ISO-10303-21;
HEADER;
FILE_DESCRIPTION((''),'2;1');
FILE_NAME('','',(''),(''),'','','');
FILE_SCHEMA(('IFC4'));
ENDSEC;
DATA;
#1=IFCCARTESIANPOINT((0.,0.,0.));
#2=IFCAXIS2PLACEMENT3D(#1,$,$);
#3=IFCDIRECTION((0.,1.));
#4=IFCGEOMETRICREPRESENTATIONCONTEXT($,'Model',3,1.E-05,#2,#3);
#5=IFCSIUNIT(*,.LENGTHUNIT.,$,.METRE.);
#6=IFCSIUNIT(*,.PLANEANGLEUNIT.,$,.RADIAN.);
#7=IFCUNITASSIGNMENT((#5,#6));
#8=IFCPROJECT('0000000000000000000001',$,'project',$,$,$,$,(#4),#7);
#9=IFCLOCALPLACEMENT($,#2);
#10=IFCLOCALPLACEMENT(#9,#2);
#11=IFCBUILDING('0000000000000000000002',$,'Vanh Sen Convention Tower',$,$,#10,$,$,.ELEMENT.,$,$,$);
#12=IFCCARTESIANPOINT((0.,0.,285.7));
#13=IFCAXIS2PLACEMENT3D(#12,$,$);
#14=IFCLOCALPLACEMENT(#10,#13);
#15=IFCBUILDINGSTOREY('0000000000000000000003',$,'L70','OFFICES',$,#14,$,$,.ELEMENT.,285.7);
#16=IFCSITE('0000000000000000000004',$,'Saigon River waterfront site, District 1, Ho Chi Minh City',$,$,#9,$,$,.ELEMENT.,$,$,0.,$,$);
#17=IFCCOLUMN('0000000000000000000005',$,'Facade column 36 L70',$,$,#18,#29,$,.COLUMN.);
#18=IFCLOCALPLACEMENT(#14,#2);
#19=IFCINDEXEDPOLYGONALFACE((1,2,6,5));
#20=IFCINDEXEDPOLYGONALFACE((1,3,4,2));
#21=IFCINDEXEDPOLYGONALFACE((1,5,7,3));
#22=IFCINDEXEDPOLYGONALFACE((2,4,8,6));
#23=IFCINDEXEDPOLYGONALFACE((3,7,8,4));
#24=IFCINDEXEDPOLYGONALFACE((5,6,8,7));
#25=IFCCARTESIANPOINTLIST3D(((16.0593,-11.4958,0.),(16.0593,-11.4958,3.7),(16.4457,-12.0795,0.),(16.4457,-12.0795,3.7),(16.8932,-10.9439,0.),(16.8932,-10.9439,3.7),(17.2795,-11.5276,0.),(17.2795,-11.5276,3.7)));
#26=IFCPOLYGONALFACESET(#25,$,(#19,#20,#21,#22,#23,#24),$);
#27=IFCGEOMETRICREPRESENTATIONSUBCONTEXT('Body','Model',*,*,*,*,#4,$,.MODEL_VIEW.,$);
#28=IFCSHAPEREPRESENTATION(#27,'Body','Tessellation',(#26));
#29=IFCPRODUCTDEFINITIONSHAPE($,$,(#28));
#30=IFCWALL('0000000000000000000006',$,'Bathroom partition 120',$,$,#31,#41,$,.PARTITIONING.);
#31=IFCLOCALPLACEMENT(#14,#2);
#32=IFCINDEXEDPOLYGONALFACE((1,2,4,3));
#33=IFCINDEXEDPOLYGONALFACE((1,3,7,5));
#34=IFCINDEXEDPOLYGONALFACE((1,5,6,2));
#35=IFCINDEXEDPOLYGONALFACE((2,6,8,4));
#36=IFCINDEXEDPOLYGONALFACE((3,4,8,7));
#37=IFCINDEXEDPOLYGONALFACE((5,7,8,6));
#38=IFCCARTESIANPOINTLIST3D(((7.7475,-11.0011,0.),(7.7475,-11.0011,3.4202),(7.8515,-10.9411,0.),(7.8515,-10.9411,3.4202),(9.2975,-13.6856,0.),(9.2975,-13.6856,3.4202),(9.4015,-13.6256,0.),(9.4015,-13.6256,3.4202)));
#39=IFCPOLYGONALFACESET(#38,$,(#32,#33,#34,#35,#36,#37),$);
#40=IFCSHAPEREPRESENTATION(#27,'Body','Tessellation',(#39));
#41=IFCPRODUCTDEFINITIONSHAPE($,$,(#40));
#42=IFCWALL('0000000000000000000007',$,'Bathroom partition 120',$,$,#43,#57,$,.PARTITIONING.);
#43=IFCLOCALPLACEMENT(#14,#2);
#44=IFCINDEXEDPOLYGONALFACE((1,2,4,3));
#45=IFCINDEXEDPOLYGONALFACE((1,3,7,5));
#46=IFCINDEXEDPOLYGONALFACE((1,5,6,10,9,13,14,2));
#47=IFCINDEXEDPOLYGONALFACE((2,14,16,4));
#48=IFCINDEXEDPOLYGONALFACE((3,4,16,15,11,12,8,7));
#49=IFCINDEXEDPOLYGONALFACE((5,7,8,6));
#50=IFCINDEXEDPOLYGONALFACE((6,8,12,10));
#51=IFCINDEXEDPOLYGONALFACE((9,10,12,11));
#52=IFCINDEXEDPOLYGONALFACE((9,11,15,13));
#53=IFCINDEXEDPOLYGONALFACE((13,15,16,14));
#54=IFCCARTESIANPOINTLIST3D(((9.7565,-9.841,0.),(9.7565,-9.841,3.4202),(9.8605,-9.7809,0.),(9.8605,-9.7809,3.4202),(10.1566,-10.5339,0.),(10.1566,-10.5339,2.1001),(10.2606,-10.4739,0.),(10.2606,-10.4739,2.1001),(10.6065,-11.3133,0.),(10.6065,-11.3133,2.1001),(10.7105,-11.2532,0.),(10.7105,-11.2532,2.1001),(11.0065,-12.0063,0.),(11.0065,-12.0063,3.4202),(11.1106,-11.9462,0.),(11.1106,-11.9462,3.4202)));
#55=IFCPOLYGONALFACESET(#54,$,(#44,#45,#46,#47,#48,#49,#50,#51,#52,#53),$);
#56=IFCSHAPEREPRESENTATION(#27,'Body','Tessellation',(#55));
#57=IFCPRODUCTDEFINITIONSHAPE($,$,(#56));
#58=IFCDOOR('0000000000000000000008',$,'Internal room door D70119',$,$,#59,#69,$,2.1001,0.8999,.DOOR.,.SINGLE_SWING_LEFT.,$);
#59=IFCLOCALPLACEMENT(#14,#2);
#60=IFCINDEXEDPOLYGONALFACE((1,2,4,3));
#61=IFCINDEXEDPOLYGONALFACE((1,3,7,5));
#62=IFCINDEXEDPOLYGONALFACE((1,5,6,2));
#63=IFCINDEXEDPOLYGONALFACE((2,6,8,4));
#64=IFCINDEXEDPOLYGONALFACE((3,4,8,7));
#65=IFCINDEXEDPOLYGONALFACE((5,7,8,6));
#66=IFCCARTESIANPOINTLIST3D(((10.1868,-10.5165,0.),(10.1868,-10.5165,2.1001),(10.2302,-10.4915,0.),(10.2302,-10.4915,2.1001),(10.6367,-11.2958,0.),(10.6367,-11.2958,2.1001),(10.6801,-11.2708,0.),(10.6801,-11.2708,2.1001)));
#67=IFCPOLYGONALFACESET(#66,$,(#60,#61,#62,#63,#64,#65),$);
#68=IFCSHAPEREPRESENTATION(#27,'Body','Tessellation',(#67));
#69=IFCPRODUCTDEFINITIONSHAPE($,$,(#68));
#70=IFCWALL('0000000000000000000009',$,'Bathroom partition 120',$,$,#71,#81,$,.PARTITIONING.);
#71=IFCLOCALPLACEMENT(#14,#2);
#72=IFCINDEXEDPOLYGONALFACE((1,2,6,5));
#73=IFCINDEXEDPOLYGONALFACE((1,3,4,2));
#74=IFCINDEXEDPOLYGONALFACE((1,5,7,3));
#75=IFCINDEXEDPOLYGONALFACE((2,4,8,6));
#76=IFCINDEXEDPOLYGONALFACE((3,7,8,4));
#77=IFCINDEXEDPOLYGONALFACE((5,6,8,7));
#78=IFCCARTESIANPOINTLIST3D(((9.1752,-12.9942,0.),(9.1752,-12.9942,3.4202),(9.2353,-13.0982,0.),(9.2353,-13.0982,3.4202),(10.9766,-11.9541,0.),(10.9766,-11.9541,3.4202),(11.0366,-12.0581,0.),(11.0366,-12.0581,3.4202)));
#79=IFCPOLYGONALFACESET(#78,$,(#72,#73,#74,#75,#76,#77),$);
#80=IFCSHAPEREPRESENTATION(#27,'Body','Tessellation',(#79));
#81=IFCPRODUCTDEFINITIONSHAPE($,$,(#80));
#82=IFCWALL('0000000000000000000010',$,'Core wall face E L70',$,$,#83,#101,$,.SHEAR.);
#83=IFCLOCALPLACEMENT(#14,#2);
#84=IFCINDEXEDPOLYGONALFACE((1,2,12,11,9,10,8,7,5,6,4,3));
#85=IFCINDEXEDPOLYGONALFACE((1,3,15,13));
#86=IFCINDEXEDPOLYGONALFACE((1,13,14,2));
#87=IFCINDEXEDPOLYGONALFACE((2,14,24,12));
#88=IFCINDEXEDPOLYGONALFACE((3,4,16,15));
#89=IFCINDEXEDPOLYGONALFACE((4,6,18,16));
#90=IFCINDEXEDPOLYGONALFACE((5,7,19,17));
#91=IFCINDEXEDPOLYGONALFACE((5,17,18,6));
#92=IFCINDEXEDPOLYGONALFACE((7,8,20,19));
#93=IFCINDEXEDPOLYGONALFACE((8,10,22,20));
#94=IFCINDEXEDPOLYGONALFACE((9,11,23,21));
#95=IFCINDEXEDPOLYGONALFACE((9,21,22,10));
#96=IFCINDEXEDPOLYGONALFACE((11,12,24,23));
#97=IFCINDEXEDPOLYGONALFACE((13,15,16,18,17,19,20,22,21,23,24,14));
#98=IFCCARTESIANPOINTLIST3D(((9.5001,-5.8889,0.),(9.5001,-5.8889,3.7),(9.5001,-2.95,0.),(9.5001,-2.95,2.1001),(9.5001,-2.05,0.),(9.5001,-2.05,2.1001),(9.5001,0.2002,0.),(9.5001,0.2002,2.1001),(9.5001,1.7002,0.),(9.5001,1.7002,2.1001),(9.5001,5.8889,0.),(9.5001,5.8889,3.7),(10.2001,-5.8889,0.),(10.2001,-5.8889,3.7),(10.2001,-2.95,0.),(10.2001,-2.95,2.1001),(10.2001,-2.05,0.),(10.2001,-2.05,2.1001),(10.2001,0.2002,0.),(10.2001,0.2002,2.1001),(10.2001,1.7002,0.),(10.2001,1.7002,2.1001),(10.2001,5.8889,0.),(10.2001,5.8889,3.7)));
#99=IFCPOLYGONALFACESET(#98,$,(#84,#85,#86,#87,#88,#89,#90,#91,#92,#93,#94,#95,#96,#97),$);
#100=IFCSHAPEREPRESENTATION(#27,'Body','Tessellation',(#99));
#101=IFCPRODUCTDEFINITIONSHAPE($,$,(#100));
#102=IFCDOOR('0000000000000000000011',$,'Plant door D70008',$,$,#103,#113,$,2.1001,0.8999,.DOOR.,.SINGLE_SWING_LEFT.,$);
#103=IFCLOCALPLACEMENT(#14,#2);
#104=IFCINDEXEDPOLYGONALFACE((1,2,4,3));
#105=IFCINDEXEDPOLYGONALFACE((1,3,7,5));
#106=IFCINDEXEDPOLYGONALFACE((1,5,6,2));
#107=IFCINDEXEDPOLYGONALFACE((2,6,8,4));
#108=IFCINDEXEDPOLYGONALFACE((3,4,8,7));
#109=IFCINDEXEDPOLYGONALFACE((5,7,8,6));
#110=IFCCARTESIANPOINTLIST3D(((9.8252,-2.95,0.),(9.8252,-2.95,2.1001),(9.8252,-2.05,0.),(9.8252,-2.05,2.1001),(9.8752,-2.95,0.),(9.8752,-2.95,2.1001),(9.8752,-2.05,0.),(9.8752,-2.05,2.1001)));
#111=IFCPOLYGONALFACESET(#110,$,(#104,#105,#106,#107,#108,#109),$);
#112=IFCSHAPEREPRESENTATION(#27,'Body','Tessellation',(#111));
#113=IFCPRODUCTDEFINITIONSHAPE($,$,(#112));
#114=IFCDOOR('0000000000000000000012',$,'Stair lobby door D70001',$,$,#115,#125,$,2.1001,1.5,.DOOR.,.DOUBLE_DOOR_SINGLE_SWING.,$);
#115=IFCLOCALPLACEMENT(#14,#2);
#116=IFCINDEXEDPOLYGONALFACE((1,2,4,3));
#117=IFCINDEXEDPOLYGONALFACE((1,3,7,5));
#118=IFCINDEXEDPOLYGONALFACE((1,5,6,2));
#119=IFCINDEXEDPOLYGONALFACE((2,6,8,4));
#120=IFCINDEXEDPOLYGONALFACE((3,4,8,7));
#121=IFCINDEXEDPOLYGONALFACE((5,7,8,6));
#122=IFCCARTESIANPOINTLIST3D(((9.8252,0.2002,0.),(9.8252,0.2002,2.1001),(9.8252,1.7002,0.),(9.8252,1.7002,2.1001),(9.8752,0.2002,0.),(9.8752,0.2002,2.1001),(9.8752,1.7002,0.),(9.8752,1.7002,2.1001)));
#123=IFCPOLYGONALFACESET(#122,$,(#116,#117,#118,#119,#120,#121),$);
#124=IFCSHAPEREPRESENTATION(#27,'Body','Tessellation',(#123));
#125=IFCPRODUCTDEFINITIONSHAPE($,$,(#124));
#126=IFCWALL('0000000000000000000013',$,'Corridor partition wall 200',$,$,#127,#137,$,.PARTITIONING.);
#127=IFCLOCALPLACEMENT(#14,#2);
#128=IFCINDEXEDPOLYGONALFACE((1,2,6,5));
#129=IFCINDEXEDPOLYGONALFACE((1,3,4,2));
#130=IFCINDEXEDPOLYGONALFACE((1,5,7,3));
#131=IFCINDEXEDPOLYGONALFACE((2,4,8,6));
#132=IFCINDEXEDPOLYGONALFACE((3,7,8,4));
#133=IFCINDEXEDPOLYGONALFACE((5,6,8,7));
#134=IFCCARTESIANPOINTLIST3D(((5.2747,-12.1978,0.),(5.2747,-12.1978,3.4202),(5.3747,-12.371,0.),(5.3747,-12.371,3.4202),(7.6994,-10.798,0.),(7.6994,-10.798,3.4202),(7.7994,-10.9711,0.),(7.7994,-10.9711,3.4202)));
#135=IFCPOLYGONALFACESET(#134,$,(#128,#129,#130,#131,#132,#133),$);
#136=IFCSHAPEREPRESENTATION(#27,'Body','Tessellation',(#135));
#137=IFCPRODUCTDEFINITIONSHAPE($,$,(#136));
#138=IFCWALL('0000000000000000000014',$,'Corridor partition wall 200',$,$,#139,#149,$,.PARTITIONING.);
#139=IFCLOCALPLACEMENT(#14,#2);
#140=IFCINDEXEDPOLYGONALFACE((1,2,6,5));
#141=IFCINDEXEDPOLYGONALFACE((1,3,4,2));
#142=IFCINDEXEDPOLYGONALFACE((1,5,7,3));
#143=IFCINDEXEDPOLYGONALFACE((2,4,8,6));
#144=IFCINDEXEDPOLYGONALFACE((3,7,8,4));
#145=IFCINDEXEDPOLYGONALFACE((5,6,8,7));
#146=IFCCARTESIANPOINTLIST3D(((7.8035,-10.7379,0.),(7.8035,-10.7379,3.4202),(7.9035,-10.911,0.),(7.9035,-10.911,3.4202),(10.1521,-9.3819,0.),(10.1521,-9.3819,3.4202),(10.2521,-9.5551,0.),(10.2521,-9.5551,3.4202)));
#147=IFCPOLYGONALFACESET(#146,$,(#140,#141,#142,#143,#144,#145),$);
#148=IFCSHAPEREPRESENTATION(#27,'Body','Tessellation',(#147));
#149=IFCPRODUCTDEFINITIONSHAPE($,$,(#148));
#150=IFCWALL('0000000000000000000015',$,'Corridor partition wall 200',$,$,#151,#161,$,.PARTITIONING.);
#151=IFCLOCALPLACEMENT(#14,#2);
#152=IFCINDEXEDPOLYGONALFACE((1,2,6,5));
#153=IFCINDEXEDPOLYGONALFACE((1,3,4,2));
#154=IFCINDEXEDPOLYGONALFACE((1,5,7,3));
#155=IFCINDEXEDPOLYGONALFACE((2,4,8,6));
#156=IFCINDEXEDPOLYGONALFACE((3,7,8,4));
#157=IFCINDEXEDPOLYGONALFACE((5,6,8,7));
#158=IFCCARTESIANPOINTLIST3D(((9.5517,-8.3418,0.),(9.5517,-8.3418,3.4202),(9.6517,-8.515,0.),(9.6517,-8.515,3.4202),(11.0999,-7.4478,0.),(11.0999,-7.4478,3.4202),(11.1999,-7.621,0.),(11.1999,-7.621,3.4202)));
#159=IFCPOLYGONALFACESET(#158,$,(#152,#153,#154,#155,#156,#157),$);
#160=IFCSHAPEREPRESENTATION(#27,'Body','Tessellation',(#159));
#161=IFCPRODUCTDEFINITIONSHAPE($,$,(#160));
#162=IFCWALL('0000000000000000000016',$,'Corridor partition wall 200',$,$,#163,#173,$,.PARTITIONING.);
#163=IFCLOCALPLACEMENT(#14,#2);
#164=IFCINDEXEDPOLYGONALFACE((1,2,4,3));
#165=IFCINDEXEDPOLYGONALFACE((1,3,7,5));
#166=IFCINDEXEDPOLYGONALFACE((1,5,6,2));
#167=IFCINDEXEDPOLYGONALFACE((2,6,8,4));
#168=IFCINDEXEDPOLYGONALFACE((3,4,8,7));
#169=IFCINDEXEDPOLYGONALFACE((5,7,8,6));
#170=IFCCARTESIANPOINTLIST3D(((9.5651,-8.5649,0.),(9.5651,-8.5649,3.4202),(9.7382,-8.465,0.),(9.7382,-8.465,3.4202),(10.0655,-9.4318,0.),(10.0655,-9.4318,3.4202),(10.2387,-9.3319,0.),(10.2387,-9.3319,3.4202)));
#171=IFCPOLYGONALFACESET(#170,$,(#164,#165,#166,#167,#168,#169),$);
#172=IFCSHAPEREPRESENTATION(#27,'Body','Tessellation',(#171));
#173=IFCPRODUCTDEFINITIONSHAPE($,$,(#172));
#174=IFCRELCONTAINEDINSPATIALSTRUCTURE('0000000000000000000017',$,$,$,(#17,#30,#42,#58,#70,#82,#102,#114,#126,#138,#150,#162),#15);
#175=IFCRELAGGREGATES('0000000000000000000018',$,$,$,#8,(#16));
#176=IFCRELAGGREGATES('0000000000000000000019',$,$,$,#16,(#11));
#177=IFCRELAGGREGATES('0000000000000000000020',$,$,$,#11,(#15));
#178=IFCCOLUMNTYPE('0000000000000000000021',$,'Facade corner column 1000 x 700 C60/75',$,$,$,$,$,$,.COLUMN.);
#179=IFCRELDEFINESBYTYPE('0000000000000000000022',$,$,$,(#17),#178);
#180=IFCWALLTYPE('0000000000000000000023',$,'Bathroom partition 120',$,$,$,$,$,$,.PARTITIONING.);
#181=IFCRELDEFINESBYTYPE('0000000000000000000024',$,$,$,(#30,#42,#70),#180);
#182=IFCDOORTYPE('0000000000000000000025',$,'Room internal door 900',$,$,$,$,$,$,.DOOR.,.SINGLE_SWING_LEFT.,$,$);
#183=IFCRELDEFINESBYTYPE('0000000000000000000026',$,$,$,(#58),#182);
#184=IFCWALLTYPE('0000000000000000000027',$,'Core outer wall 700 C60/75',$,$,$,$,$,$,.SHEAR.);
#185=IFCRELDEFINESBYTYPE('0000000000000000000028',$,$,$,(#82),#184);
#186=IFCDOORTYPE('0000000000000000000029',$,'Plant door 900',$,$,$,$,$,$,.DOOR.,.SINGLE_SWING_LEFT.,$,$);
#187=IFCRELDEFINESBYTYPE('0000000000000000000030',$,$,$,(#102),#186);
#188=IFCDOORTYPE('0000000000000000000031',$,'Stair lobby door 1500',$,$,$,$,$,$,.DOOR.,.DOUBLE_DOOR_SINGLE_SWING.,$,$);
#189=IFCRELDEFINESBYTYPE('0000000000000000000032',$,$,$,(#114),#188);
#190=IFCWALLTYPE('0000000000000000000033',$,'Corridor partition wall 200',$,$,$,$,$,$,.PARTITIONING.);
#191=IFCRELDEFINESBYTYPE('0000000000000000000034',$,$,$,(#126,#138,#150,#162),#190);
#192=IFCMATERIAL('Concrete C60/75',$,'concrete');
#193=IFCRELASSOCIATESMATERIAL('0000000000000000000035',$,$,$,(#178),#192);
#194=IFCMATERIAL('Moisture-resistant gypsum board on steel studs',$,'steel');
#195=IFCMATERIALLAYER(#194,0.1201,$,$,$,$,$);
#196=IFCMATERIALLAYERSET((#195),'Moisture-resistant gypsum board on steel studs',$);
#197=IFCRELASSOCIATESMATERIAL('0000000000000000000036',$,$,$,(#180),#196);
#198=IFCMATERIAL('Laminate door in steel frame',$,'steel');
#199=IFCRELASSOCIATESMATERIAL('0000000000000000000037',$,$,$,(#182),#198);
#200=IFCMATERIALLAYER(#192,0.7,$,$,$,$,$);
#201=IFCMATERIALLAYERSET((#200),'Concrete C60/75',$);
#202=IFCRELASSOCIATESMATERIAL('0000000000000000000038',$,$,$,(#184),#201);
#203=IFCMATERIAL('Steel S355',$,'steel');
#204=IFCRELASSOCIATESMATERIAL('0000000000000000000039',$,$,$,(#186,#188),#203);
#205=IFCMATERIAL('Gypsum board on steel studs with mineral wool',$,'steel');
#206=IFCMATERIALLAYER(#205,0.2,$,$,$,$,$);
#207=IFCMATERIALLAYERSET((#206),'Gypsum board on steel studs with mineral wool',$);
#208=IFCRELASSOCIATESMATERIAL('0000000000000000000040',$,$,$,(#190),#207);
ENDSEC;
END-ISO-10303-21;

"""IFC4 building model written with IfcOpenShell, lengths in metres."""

from ifc_helpers import new_model, si_unit, direction, frame, frame_2d, origin, origin_2d, place, context, subcontext, project, spatial, rectangle, extrude, material, layer, layer_set, material_profile, profile_set, type_object, element, fill, save


model = new_model("IFC4")

# Units and contexts
model_context = context("Model", 3, precision=1e-05, world=origin(), true_north=direction((0.0, 1.0)))
body_context = subcontext(model_context, "Body", "Model", "MODEL_VIEW")
ifc_project = project(units=[si_unit("LENGTHUNIT", "METRE"), si_unit("PLANEANGLEUNIT", "RADIAN")], contexts=[model_context])

# Site, building, storey
site_placement = place(None, origin())
site = spatial("IfcSite", under=ifc_project, at=site_placement, Name="Saigon River waterfront site, District 1, Ho Chi Minh City", CompositionType="ELEMENT", RefElevation=0.0)
building_placement = place(site_placement, origin())
building = spatial("IfcBuilding", under=site, at=building_placement, Name="Vanh Sen Convention Tower", CompositionType="ELEMENT")
storey_placement = place(building_placement, frame((0.0, 0.0, 285.7)))
storey = spatial("IfcBuildingStorey", under=building, at=storey_placement, Name="L70", Description="OFFICES", CompositionType="ELEMENT", Elevation=285.7)

# Column
ifc_material_1 = material(Name="Concrete C60/75", Category="concrete")
ifc_material_profile = material_profile(ifc_material_1, rectangle(XDim=1.0, YDim=0.7, at=origin_2d()), Name="RC 1000X700")
ifc_profile_set = profile_set([ifc_material_profile], Name="Concrete C60/75")
column_type = type_object("IfcColumnType", Name="Facade corner column 1000 x 700 C60/75", PredefinedType="COLUMN", material=ifc_profile_set)
column_placement = place(storey_placement, frame((16.6694, -11.5117, 0.0), z_axis=(0.0, 0.0, 1.0), x_axis=(0.833886, 0.551937, 0.0)))
element("IfcColumn", 1, at=column_placement, inside=storey, type_object=column_type, Name="Facade column 36 L70", PredefinedType="COLUMN", context=body_context, shape_type="SweptSolid", body=[
    extrude(rectangle(XDim=1.0, YDim=0.7, at=origin_2d()), origin(), (0.0, 0.0, 1.0), 3.7),
])

# Wall
ifc_material_2 = material(Name="Moisture-resistant gypsum board on steel studs", Category="steel")
ifc_layer_1 = layer(ifc_material_2, 0.1201)
ifc_layer_set_1 = layer_set([ifc_layer_1], Name="Moisture-resistant gypsum board on steel studs")
wall_type_1 = type_object("IfcWallType", Name="Bathroom partition 120", PredefinedType="PARTITIONING", material=ifc_layer_set_1)
wall_1_placement = place(storey_placement, frame((7.7996, -10.9712, 0.0), z_axis=(0.0, 0.0, 1.0), x_axis=(0.500027, -0.86601, 0.0)))
element("IfcWall", 2, at=wall_1_placement, inside=storey, type_object=wall_type_1, Name="Bathroom partition 120", PredefinedType="PARTITIONING", context=body_context, shape_type="SweptSolid", body=[
    extrude(rectangle(XDim=3.0999, YDim=0.1201, at=frame_2d((1.5498, 0.0))), origin(), (0.0, 0.0, 1.0), 3.4202),
])

# Wall, opening, door
wall_2_placement = place(storey_placement, frame((9.8086, -9.811, 0.0), z_axis=(0.0, 0.0, 1.0), x_axis=(0.499962, -0.866047, 0.0)))
wall_2 = element("IfcWall", 3, at=wall_2_placement, inside=storey, type_object=wall_type_1, Name="Bathroom partition 120", PredefinedType="PARTITIONING", context=body_context, shape_type="SweptSolid", body=[
    extrude(rectangle(XDim=2.5002, YDim=0.1201, at=frame_2d((1.25, 0.0))), origin(), (0.0, 0.0, 1.0), 3.4202),
])
opening_1_placement = place(wall_2_placement, frame((0.8, 0.0, 0.0)))
opening_1 = element("IfcOpeningElement", 4, at=opening_1_placement, cuts=wall_2, PredefinedType="OPENING", context=body_context, shape_type="SweptSolid", body=[
    extrude(rectangle(XDim=0.8999, YDim=2.1001, at=frame_2d((0.45, 1.05))), frame((0.0, 0.0701, 0.0), z_axis=(0.0, -1.0, 0.0), x_axis=(1.0, 0.0, 0.0)), (0.0, 0.0, 1.0), 0.1401),
])
ifc_material_3 = material(Name="Laminate door in steel frame", Category="steel")
door_type_1 = type_object("IfcDoorType", Name="Room internal door 900", OperationType="SINGLE_SWING_LEFT", PredefinedType="DOOR", material=ifc_material_3)
door_1_placement = place(opening_1_placement, origin())
door_1 = element("IfcDoor", 5, at=door_1_placement, inside=storey, type_object=door_type_1, Name="Internal room door D70119", OperationType="SINGLE_SWING_LEFT", OverallHeight=2.1001, OverallWidth=0.8999, PredefinedType="DOOR", context=body_context, shape_type="SweptSolid", body=[
    extrude(rectangle(XDim=0.8999, YDim=2.1001, at=frame_2d((0.45, 1.05))), frame((0.0, 0.0249, 0.0), z_axis=(0.0, -1.0, 0.0), x_axis=(1.0, 0.0, 0.0)), (0.0, 0.0, 1.0), 0.05),
])
fill(opening_1, door_1)

# Wall
wall_3_placement = place(storey_placement, frame((11.0066, -12.0061, 0.0), z_axis=(0.0, 0.0, 1.0), x_axis=(-0.86601, -0.500027, 0.0)))
element("IfcWall", 6, at=wall_3_placement, inside=storey, type_object=wall_type_1, Name="Bathroom partition 120", PredefinedType="PARTITIONING", context=body_context, shape_type="SweptSolid", body=[
    extrude(rectangle(XDim=2.0801, YDim=0.1201, at=frame_2d((1.04, 0.0))), origin(), (0.0, 0.0, 1.0), 3.4202),
])

# Wall, openings, doors
ifc_layer_2 = layer(ifc_material_1, 0.7)
ifc_layer_set_2 = layer_set([ifc_layer_2], Name="Concrete C60/75")
wall_type_2 = type_object("IfcWallType", Name="Core outer wall 700 C60/75", PredefinedType="SHEAR", material=ifc_layer_set_2)
wall_4_placement = place(storey_placement, frame((9.8501, -5.8889, 0.0), z_axis=(0.0, 0.0, 1.0), x_axis=(0.0, 1.0, 0.0)))
wall_4 = element("IfcWall", 7, at=wall_4_placement, inside=storey, type_object=wall_type_2, Name="Core wall face E L70", PredefinedType="SHEAR", context=body_context, shape_type="SweptSolid", body=[
    extrude(rectangle(XDim=11.7778, YDim=0.7, at=frame_2d((5.8889, 0.0))), origin(), (0.0, 0.0, 1.0), 3.7),
])
opening_2_placement = place(wall_4_placement, frame((6.0891, 0.0, 0.0)))
opening_2 = element("IfcOpeningElement", 8, at=opening_2_placement, cuts=wall_4, PredefinedType="OPENING", context=body_context, shape_type="SweptSolid", body=[
    extrude(rectangle(XDim=1.5, YDim=2.1001, at=frame_2d((0.75, 1.05))), frame((0.0, 0.3599, 0.0), z_axis=(0.0, -1.0, 0.0), x_axis=(1.0, 0.0, 0.0)), (0.0, 0.0, 1.0), 0.72),
])
opening_3_placement = place(wall_4_placement, frame((2.939, 0.0, 0.0)))
opening_3 = element("IfcOpeningElement", 9, at=opening_3_placement, cuts=wall_4, PredefinedType="OPENING", context=body_context, shape_type="SweptSolid", body=[
    extrude(rectangle(XDim=0.8999, YDim=2.1001, at=frame_2d((0.45, 1.05))), frame((0.0, 0.3599, 0.0), z_axis=(0.0, -1.0, 0.0), x_axis=(1.0, 0.0, 0.0)), (0.0, 0.0, 1.0), 0.72),
])
ifc_material_4 = material(Name="Steel S355", Category="steel")
door_type_2 = type_object("IfcDoorType", Name="Plant door 900", OperationType="SINGLE_SWING_LEFT", PredefinedType="DOOR", material=ifc_material_4)
door_2_placement = place(opening_3_placement, origin())
door_2 = element("IfcDoor", 10, at=door_2_placement, inside=storey, type_object=door_type_2, Name="Plant door D70008", OperationType="SINGLE_SWING_LEFT", OverallHeight=2.1001, OverallWidth=0.8999, PredefinedType="DOOR", context=body_context, shape_type="SweptSolid", body=[
    extrude(rectangle(XDim=0.8999, YDim=2.1001, at=frame_2d((0.45, 1.05))), frame((0.0, 0.0249, 0.0), z_axis=(0.0, -1.0, 0.0), x_axis=(1.0, 0.0, 0.0)), (0.0, 0.0, 1.0), 0.05),
])
fill(opening_3, door_2)
door_type_3 = type_object("IfcDoorType", Name="Stair lobby door 1500", OperationType="DOUBLE_DOOR_SINGLE_SWING", PredefinedType="DOOR", material=ifc_material_4)
door_3_placement = place(opening_2_placement, origin())
door_3 = element("IfcDoor", 11, at=door_3_placement, inside=storey, type_object=door_type_3, Name="Stair lobby door D70001", OperationType="DOUBLE_DOOR_SINGLE_SWING", OverallHeight=2.1001, OverallWidth=1.5, PredefinedType="DOOR", context=body_context, shape_type="SweptSolid", body=[
    extrude(rectangle(XDim=1.5, YDim=2.1001, at=frame_2d((0.75, 1.05))), frame((0.0, 0.0249, 0.0), z_axis=(0.0, -1.0, 0.0), x_axis=(1.0, 0.0, 0.0)), (0.0, 0.0, 1.0), 0.05),
])
fill(opening_2, door_3)

# Walls
ifc_material_5 = material(Name="Gypsum board on steel studs with mineral wool", Category="steel")
ifc_layer_3 = layer(ifc_material_5, 0.2)
ifc_layer_set_3 = layer_set([ifc_layer_3], Name="Gypsum board on steel studs with mineral wool")
wall_type_3 = type_object("IfcWallType", Name="Corridor partition wall 200", PredefinedType="PARTITIONING", material=ifc_layer_set_3)
wall_5_placement = place(storey_placement, frame((5.3247, -12.2844, 0.0), z_axis=(0.0, 0.0, 1.0), x_axis=(0.866035, 0.499984, 0.0)))
element("IfcWall", 12, at=wall_5_placement, inside=storey, type_object=wall_type_3, Name="Corridor partition wall 200", PredefinedType="PARTITIONING", context=body_context, shape_type="SweptSolid", body=[
    extrude(rectangle(XDim=2.7998, YDim=0.2, at=frame_2d((1.3999, 0.0))), origin(), (0.0, 0.0, 1.0), 3.4202),
])
wall_6_placement = place(storey_placement, frame((7.8535, -10.8245, 0.0), z_axis=(0.0, 0.0, 1.0), x_axis=(0.86603, 0.499993, 0.0)))
element("IfcWall", 13, at=wall_6_placement, inside=storey, type_object=wall_type_3, Name="Corridor partition wall 200", PredefinedType="PARTITIONING", context=body_context, shape_type="SweptSolid", body=[
    extrude(rectangle(XDim=2.7119, YDim=0.2, at=frame_2d((1.356, 0.0))), origin(), (0.0, 0.0, 1.0), 3.4202),
])
wall_7_placement = place(storey_placement, frame((9.6016, -8.4285, 0.0), z_axis=(0.0, 0.0, 1.0), x_axis=(0.865999, 0.500046, 0.0)))
element("IfcWall", 14, at=wall_7_placement, inside=storey, type_object=wall_type_3, Name="Corridor partition wall 200", PredefinedType="PARTITIONING", context=body_context, shape_type="SweptSolid", body=[
    extrude(rectangle(XDim=1.7878, YDim=0.2, at=frame_2d((0.894, 0.0))), origin(), (0.0, 0.0, 1.0), 3.4202),
])
wall_8_placement = place(storey_placement, frame((10.1521, -9.3818, 0.0), z_axis=(0.0, 0.0, 1.0), x_axis=(-0.499969, 0.866043, 0.0)))
element("IfcWall", 15, at=wall_8_placement, inside=storey, type_object=wall_type_3, Name="Corridor partition wall 200", PredefinedType="PARTITIONING", context=body_context, shape_type="SweptSolid", body=[
    extrude(rectangle(XDim=1.001, YDim=0.2, at=frame_2d((0.5005, 0.0))), origin(), (0.0, 0.0, 1.0), 3.4202),
])

save(model, "model.ifc")
